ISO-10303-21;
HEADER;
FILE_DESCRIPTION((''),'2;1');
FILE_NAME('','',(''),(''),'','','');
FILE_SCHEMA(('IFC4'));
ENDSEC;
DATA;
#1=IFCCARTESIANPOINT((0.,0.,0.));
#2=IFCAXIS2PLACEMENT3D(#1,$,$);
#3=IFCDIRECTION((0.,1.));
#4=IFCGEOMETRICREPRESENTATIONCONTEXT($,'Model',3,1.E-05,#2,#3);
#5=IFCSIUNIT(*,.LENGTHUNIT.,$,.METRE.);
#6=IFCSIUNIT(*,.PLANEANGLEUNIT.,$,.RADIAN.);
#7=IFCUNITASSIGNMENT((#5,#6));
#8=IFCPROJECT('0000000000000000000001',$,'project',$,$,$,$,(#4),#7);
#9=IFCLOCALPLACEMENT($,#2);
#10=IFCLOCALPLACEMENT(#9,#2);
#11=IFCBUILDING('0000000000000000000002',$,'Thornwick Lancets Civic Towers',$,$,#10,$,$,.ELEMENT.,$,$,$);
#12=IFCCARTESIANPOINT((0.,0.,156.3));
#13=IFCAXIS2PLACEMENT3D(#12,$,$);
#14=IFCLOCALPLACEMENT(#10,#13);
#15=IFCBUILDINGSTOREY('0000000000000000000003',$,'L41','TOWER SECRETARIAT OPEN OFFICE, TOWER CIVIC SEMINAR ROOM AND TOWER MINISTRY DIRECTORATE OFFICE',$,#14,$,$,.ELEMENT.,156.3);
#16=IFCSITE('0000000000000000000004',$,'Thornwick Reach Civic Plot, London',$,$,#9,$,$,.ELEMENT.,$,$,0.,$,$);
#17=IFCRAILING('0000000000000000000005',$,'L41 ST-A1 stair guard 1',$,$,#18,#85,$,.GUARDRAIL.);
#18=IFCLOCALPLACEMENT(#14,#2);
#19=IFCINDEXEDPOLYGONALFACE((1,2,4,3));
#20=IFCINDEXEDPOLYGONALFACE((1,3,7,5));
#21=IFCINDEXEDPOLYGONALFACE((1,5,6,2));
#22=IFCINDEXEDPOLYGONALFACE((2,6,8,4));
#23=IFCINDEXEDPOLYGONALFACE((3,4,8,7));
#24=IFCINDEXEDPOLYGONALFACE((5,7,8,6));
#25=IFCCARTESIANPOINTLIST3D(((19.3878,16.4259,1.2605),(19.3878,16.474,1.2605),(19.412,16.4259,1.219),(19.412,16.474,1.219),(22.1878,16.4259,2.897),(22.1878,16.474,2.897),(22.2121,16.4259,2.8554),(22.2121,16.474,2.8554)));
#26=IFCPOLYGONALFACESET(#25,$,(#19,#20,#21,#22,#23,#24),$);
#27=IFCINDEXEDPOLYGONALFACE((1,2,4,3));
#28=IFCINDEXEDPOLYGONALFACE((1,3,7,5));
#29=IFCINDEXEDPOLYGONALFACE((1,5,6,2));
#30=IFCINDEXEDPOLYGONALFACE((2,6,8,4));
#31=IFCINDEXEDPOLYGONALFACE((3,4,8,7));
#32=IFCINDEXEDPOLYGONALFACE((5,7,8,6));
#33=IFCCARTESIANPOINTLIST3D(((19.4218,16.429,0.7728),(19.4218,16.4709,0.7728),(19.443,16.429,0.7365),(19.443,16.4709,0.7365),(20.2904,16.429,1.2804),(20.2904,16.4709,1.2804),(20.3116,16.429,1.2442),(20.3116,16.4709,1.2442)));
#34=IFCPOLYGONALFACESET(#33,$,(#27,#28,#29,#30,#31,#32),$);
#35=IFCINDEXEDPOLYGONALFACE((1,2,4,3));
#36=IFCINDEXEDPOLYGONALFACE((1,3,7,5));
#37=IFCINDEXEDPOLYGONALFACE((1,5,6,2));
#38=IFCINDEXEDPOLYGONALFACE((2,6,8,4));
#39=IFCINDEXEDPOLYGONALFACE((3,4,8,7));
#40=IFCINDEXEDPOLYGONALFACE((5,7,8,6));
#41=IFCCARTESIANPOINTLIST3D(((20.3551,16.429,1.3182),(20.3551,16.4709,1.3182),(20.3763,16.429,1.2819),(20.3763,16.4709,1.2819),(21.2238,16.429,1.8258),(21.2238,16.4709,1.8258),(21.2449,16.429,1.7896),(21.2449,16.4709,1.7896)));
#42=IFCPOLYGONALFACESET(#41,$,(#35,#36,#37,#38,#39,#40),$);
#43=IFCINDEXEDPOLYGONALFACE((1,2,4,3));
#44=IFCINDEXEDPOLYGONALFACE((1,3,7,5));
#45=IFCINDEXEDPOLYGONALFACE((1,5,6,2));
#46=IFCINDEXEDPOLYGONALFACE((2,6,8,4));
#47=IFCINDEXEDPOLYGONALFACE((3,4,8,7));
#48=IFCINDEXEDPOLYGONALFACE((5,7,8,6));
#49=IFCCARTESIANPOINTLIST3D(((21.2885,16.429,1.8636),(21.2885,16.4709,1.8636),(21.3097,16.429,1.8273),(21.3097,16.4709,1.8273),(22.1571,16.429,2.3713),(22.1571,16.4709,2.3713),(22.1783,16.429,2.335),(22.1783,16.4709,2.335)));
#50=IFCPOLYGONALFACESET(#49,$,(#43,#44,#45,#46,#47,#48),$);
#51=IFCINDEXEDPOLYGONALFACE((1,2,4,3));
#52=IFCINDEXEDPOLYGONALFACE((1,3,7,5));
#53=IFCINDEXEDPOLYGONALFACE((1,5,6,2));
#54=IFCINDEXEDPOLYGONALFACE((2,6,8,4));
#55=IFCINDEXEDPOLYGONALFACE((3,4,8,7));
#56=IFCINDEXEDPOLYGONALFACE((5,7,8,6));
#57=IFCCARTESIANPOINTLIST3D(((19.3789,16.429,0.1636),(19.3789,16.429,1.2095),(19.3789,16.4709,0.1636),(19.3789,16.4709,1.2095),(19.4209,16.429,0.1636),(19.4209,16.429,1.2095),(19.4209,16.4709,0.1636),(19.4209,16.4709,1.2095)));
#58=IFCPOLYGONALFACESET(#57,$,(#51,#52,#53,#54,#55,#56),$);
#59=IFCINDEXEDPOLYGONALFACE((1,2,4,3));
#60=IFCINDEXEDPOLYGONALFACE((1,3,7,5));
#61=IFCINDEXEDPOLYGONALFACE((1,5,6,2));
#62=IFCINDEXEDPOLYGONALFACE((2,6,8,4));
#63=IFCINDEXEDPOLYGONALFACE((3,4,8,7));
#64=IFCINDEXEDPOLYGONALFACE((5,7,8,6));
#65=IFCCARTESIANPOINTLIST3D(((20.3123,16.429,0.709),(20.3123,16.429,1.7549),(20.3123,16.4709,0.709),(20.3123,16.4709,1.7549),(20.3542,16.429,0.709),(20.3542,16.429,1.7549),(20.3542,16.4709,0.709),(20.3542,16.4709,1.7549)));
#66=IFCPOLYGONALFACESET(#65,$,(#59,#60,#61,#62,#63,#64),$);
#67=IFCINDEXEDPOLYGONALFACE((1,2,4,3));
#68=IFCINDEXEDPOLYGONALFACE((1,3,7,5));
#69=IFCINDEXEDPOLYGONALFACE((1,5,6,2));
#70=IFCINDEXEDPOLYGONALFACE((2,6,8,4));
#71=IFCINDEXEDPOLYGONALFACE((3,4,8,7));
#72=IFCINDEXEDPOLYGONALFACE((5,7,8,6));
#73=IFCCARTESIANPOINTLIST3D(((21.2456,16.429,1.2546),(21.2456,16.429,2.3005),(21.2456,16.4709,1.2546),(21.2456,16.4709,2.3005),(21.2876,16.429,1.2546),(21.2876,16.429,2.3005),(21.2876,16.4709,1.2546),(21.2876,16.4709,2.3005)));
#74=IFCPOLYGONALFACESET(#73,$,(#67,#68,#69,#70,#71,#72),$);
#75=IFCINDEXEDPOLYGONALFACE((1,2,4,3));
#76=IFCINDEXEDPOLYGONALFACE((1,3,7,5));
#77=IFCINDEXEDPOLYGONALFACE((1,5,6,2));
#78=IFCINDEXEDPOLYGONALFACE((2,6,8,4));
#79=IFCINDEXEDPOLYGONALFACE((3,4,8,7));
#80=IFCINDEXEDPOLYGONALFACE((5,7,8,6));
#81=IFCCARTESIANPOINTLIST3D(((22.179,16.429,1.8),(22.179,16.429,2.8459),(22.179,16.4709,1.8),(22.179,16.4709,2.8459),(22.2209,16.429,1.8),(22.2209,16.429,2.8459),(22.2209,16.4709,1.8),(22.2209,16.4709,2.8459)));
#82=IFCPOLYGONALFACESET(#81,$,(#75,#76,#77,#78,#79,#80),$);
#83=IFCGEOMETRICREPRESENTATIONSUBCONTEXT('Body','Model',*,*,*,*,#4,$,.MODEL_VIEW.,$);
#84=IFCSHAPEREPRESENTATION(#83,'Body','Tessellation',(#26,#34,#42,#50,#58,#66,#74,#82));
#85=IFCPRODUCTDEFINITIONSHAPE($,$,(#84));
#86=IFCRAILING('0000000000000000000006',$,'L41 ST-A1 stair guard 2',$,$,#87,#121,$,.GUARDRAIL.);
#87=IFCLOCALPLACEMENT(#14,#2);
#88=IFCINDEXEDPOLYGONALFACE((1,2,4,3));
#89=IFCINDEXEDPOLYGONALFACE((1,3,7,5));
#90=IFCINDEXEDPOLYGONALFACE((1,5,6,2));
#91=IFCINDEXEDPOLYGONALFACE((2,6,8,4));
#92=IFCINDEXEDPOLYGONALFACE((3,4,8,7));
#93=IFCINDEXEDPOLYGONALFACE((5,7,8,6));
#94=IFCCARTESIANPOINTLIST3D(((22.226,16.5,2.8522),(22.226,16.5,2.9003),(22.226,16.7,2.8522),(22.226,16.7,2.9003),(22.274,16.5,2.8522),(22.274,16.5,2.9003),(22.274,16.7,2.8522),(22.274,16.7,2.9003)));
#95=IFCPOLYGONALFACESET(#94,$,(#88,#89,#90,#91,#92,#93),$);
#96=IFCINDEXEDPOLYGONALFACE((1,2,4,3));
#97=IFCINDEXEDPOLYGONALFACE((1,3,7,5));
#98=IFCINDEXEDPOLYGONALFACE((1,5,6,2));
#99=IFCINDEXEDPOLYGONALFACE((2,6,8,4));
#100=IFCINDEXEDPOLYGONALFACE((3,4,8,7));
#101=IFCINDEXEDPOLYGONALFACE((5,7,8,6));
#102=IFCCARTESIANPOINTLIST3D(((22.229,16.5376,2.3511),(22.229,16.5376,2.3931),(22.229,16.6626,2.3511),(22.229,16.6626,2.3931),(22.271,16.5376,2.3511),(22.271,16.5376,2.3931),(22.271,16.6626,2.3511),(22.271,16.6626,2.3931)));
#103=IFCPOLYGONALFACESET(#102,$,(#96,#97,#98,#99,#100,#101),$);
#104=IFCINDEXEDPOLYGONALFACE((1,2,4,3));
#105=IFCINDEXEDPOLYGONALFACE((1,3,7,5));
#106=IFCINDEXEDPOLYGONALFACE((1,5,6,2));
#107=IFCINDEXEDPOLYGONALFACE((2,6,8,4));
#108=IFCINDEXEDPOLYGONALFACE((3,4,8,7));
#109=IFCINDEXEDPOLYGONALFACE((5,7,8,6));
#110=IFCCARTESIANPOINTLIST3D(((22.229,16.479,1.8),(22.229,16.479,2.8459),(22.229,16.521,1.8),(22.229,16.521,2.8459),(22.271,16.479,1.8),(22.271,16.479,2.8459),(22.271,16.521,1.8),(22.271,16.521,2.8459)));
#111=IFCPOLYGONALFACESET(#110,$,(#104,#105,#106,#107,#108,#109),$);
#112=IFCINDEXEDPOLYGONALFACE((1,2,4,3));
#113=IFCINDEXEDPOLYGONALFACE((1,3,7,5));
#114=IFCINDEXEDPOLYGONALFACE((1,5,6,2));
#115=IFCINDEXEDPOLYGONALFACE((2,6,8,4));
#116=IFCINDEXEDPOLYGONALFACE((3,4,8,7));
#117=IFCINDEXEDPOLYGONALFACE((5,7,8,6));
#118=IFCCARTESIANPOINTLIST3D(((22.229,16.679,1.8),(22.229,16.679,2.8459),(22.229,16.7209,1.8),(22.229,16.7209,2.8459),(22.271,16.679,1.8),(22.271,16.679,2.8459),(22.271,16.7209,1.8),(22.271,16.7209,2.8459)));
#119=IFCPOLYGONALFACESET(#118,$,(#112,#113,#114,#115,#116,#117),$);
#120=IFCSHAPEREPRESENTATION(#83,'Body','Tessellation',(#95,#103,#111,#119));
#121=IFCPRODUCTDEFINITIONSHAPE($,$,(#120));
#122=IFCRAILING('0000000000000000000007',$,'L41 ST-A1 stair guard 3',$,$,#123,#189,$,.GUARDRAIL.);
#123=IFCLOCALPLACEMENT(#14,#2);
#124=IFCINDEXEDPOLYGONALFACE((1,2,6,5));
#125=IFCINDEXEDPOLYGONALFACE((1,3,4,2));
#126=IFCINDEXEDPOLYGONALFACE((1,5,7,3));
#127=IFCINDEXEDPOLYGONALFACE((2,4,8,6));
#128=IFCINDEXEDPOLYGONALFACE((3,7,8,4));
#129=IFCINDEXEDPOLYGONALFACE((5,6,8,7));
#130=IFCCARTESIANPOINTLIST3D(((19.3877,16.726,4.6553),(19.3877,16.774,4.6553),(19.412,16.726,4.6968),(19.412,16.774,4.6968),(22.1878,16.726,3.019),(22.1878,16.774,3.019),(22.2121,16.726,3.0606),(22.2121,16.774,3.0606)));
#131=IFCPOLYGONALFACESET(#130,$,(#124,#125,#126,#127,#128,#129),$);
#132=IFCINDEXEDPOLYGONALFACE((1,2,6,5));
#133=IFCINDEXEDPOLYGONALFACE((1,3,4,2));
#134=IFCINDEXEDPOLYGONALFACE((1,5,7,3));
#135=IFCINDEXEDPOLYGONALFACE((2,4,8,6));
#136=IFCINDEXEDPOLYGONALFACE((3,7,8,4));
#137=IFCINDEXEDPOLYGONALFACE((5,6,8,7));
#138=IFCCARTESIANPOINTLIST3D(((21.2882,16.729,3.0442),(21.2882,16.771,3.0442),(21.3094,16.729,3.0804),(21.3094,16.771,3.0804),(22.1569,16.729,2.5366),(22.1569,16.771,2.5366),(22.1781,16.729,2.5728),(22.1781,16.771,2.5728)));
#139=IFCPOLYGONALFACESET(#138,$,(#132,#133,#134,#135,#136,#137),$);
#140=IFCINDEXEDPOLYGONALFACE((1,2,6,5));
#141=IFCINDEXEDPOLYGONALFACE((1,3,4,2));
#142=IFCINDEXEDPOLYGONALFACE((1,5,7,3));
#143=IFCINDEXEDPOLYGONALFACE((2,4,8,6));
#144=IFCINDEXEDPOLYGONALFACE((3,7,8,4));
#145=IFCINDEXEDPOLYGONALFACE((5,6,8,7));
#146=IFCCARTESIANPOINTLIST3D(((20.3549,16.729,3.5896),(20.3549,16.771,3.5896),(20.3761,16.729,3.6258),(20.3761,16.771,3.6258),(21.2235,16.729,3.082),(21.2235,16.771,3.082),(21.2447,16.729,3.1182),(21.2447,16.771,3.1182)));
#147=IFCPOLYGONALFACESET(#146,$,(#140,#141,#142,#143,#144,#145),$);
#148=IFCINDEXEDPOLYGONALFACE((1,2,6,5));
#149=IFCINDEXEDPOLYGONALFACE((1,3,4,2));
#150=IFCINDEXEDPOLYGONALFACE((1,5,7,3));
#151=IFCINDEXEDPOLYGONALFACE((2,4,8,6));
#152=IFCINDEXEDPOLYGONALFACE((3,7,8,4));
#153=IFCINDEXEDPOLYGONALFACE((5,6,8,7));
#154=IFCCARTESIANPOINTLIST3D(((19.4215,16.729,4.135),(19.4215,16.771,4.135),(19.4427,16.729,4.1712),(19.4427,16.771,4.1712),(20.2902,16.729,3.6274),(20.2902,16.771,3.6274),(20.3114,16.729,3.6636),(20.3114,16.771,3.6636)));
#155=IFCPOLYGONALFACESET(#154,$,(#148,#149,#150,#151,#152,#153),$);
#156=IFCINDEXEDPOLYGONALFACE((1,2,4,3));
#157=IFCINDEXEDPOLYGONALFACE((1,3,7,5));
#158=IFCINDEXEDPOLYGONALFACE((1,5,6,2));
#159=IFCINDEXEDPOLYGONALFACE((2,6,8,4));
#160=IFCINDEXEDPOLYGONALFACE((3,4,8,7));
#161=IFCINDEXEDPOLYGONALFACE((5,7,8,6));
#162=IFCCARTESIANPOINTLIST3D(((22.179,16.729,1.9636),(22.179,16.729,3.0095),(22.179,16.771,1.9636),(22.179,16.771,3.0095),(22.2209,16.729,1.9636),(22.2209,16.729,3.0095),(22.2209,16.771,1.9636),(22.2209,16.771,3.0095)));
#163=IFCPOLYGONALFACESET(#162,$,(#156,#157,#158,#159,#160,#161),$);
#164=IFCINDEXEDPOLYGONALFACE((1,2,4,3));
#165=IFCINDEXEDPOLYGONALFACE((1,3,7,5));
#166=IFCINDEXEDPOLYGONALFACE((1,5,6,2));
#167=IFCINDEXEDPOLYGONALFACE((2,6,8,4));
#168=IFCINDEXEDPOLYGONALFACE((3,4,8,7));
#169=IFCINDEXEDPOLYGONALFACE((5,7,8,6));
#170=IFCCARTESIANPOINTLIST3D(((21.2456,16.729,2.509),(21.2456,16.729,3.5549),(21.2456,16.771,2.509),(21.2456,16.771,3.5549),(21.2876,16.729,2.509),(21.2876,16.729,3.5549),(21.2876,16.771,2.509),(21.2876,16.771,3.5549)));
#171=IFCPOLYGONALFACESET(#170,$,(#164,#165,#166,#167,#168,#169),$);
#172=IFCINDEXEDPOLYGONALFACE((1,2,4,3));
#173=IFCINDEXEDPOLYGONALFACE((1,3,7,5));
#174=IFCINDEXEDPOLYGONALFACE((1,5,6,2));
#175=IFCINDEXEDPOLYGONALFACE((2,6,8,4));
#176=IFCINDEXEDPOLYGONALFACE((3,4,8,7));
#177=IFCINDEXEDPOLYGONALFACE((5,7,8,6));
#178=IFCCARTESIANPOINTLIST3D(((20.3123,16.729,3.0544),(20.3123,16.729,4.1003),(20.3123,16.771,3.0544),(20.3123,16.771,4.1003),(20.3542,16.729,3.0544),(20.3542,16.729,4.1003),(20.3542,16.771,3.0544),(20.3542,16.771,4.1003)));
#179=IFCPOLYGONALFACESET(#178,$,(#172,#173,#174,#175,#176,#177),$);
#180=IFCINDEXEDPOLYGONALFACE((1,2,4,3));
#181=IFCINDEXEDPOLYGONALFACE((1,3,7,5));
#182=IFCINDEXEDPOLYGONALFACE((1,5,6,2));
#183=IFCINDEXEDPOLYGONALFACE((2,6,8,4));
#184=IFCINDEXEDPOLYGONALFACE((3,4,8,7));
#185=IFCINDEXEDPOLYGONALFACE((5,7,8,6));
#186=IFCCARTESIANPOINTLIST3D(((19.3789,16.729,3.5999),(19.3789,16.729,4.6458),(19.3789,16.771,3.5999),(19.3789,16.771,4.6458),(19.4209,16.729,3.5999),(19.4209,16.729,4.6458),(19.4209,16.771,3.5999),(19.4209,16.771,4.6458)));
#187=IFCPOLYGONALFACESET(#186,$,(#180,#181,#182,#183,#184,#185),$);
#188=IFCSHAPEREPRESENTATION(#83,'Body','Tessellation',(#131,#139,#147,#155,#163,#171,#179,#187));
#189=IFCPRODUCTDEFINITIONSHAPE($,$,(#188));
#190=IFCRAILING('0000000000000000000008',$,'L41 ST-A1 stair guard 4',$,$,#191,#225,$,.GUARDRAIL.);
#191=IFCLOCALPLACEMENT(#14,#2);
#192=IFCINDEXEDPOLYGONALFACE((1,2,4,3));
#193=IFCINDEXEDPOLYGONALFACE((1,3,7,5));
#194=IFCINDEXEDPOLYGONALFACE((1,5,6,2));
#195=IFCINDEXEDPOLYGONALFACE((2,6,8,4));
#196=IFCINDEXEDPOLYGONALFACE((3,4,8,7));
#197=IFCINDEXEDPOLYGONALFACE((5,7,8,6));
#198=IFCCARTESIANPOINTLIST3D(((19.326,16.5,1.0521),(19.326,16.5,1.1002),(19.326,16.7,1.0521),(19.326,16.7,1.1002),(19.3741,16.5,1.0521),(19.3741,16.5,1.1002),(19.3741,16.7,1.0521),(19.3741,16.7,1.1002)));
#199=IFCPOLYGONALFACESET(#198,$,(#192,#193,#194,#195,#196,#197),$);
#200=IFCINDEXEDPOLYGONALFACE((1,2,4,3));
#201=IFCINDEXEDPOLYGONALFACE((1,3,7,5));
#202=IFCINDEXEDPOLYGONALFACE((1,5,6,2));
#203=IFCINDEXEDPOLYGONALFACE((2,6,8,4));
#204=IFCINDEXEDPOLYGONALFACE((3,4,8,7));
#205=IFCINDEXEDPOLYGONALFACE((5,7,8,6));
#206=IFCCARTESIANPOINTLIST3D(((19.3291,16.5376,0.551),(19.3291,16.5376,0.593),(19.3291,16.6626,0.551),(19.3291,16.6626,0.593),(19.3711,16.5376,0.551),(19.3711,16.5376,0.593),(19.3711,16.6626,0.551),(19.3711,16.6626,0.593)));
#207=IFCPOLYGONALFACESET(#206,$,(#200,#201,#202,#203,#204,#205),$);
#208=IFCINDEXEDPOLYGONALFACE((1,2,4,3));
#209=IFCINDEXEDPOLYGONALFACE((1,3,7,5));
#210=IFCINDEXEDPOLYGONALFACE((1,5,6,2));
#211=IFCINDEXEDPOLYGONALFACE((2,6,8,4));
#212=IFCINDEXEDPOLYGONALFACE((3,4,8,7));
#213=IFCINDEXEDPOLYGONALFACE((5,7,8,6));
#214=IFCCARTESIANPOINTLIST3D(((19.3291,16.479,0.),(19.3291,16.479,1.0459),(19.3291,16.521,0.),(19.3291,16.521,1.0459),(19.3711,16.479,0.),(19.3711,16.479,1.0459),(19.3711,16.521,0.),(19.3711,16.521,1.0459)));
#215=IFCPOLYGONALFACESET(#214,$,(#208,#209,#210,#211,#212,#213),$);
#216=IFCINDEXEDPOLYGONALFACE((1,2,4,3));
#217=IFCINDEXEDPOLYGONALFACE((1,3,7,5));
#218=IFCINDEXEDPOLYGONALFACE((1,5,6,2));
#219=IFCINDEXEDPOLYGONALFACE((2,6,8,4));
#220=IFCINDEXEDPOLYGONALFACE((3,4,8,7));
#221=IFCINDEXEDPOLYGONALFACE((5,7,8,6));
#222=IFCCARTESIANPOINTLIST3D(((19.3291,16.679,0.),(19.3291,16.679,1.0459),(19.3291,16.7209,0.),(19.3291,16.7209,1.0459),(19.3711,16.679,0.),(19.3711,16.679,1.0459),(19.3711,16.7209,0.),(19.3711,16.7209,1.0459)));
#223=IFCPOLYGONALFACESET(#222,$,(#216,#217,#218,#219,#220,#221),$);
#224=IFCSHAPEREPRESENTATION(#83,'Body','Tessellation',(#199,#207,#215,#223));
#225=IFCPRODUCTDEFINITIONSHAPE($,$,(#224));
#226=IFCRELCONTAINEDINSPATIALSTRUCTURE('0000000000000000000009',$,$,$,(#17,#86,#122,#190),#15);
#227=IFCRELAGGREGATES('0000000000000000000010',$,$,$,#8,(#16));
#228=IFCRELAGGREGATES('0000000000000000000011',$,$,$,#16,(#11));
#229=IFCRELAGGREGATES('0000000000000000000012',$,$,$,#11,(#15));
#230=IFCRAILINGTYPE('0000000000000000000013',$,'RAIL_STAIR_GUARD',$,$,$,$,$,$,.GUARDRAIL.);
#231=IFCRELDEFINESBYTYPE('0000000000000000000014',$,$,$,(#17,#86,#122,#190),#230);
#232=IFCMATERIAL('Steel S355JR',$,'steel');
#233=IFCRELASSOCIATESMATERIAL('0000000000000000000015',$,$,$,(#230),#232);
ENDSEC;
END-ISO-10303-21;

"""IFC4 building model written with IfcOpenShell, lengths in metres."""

from ifc_helpers import new_model, si_unit, direction, frame, origin, origin_2d, place, context, subcontext, project, spatial, rectangle, extrude, material, type_object, element, save


model = new_model("IFC4")

# Units and contexts
model_context = context("Model", 3, precision=1e-05, world=origin(), true_north=direction((0.0, 1.0)))
body_context = subcontext(model_context, "Body", "Model", "MODEL_VIEW")
ifc_project = project(units=[si_unit("LENGTHUNIT", "METRE"), si_unit("PLANEANGLEUNIT", "RADIAN")], contexts=[model_context])

# Site, building, storey
site_placement = place(None, origin())
site = spatial("IfcSite", under=ifc_project, at=site_placement, Name="Thornwick Reach Civic Plot, London", CompositionType="ELEMENT", RefElevation=0.0)
building_placement = place(site_placement, origin())
building = spatial("IfcBuilding", under=site, at=building_placement, Name="Thornwick Lancets Civic Towers", CompositionType="ELEMENT")
storey_placement = place(building_placement, frame((0.0, 0.0, 156.3)))
storey = spatial("IfcBuildingStorey", under=building, at=storey_placement, Name="L41", Description="TOWER SECRETARIAT OPEN OFFICE, TOWER CIVIC SEMINAR ROOM AND TOWER MINISTRY DIRECTORATE OFFICE", CompositionType="ELEMENT", Elevation=156.3)

# Shared definitions
ifc_material_1 = material(Name="Steel S355JR", Category="steel")

# Railings
railing_type_1 = type_object("IfcRailingType", Name="RAIL_STAIR_GUARD", PredefinedType="GUARDRAIL", material=ifc_material_1)
railing_1_placement = place(storey_placement, frame((19.3999, 16.45, 0.1636)))
element("IfcRailing", 1, at=railing_1_placement, inside=storey, type_object=railing_type_1, Name="L41 ST-A1 stair guard 1", PredefinedType="GUARDRAIL", context=body_context, shape_type="SweptSolid", body=[
    extrude(rectangle(XDim=0.0481, YDim=0.0481, at=origin_2d()), frame((0.0, 0.0, 1.0762), z_axis=(0.863361, 0.0, 0.504587), x_axis=(0.0, 1.0, 0.0)), (0.0, 0.0, 1.0), 3.2432),
    extrude(rectangle(XDim=0.042, YDim=0.042, at=origin_2d()), frame((0.0325, 0.0, 0.5911), z_axis=(0.863361, 0.0, 0.504587), x_axis=(0.0, 1.0, 0.0)), (0.0, 0.0, 1.0), 1.0061),
    extrude(rectangle(XDim=0.042, YDim=0.042, at=origin_2d()), frame((0.9658, 0.0, 1.1365), z_axis=(0.863361, 0.0, 0.504587), x_axis=(0.0, 1.0, 0.0)), (0.0, 0.0, 1.0), 1.0061),
    extrude(rectangle(XDim=0.042, YDim=0.042, at=origin_2d()), frame((1.8992, 0.0, 1.6819), z_axis=(0.863361, 0.0, 0.504587), x_axis=(0.0, 1.0, 0.0)), (0.0, 0.0, 1.0), 1.0061),
    extrude(rectangle(XDim=0.042, YDim=0.042, at=origin_2d()), origin(), (0.0, 0.0, 1.0), 1.0459),
    extrude(rectangle(XDim=0.042, YDim=0.042, at=origin_2d()), frame((0.9333, 0.0, 0.5454)), (0.0, 0.0, 1.0), 1.0459),
    extrude(rectangle(XDim=0.042, YDim=0.042, at=origin_2d()), frame((1.8667, 0.0, 1.0911)), (0.0, 0.0, 1.0), 1.0459),
    extrude(rectangle(XDim=0.042, YDim=0.042, at=origin_2d()), frame((2.8, 0.0, 1.6365)), (0.0, 0.0, 1.0), 1.0459),
])
railing_2_placement = place(storey_placement, frame((22.25, 16.5, 1.8)))
element("IfcRailing", 2, at=railing_2_placement, inside=storey, type_object=railing_type_1, Name="L41 ST-A1 stair guard 2", PredefinedType="GUARDRAIL", context=body_context, shape_type="SweptSolid", body=[
    extrude(rectangle(XDim=0.0481, YDim=0.0481, at=origin_2d()), frame((0.0, 0.0, 1.0762), z_axis=(0.0, 1.0, 0.0), x_axis=(-1.0, 0.0, 0.0)), (0.0, 0.0, 1.0), 0.2),
    extrude(rectangle(XDim=0.042, YDim=0.042, at=origin_2d()), frame((0.0, 0.0376, 0.572), z_axis=(0.0, 1.0, 0.0), x_axis=(-1.0, 0.0, 0.0)), (0.0, 0.0, 1.0), 0.125),
    extrude(rectangle(XDim=0.042, YDim=0.042, at=origin_2d()), origin(), (0.0, 0.0, 1.0), 1.0459),
    extrude(rectangle(XDim=0.042, YDim=0.042, at=origin_2d()), frame((0.0, 0.2, 0.0)), (0.0, 0.0, 1.0), 1.0459),
])
railing_3_placement = place(storey_placement, frame((22.2, 16.75, 1.9636)))
element("IfcRailing", 3, at=railing_3_placement, inside=storey, type_object=railing_type_1, Name="L41 ST-A1 stair guard 3", PredefinedType="GUARDRAIL", context=body_context, shape_type="SweptSolid", body=[
    extrude(rectangle(XDim=0.0481, YDim=0.0481, at=origin_2d()), frame((0.0, 0.0, 1.0762), z_axis=(-0.863394, 0.0, 0.504531), x_axis=(0.0, -1.0, 0.0)), (0.0, 0.0, 1.0), 3.2432),
    extrude(rectangle(XDim=0.042, YDim=0.042, at=origin_2d()), frame((-0.0325, 0.0, 0.5911), z_axis=(-0.863394, 0.0, 0.504531), x_axis=(0.0, -1.0, 0.0)), (0.0, 0.0, 1.0), 1.0061),
    extrude(rectangle(XDim=0.042, YDim=0.042, at=origin_2d()), frame((-0.9658, 0.0, 1.1365), z_axis=(-0.863394, 0.0, 0.504531), x_axis=(0.0, -1.0, 0.0)), (0.0, 0.0, 1.0), 1.0061),
    extrude(rectangle(XDim=0.042, YDim=0.042, at=origin_2d()), frame((-1.8992, 0.0, 1.6819), z_axis=(-0.863394, 0.0, 0.504531), x_axis=(0.0, -1.0, 0.0)), (0.0, 0.0, 1.0), 1.0061),
    extrude(rectangle(XDim=0.042, YDim=0.042, at=origin_2d()), origin(), (0.0, 0.0, 1.0), 1.0459),
    extrude(rectangle(XDim=0.042, YDim=0.042, at=origin_2d()), frame((-0.9333, 0.0, 0.5454)), (0.0, 0.0, 1.0), 1.0459),
    extrude(rectangle(XDim=0.042, YDim=0.042, at=origin_2d()), frame((-1.8667, 0.0, 1.0908)), (0.0, 0.0, 1.0), 1.0459),
    extrude(rectangle(XDim=0.042, YDim=0.042, at=origin_2d()), frame((-2.8, 0.0, 1.6362)), (0.0, 0.0, 1.0), 1.0459),
])
railing_4_placement = place(storey_placement, frame((19.3501, 16.5, 0.0)))
element("IfcRailing", 4, at=railing_4_placement, inside=storey, type_object=railing_type_1, Name="L41 ST-A1 stair guard 4", PredefinedType="GUARDRAIL", context=body_context, shape_type="SweptSolid", body=[
    extrude(rectangle(XDim=0.0481, YDim=0.0481, at=origin_2d()), frame((0.0, 0.0, 1.0762), z_axis=(0.0, 1.0, 0.0), x_axis=(-1.0, 0.0, 0.0)), (0.0, 0.0, 1.0), 0.2),
    extrude(rectangle(XDim=0.042, YDim=0.042, at=origin_2d()), frame((0.0, 0.0376, 0.572), z_axis=(0.0, 1.0, 0.0), x_axis=(-1.0, 0.0, 0.0)), (0.0, 0.0, 1.0), 0.125),
    extrude(rectangle(XDim=0.042, YDim=0.042, at=origin_2d()), origin(), (0.0, 0.0, 1.0), 1.0459),
    extrude(rectangle(XDim=0.042, YDim=0.042, at=origin_2d()), frame((0.0, 0.2, 0.0)), (0.0, 0.0, 1.0), 1.0459),
])

save(model, "model.ifc")
